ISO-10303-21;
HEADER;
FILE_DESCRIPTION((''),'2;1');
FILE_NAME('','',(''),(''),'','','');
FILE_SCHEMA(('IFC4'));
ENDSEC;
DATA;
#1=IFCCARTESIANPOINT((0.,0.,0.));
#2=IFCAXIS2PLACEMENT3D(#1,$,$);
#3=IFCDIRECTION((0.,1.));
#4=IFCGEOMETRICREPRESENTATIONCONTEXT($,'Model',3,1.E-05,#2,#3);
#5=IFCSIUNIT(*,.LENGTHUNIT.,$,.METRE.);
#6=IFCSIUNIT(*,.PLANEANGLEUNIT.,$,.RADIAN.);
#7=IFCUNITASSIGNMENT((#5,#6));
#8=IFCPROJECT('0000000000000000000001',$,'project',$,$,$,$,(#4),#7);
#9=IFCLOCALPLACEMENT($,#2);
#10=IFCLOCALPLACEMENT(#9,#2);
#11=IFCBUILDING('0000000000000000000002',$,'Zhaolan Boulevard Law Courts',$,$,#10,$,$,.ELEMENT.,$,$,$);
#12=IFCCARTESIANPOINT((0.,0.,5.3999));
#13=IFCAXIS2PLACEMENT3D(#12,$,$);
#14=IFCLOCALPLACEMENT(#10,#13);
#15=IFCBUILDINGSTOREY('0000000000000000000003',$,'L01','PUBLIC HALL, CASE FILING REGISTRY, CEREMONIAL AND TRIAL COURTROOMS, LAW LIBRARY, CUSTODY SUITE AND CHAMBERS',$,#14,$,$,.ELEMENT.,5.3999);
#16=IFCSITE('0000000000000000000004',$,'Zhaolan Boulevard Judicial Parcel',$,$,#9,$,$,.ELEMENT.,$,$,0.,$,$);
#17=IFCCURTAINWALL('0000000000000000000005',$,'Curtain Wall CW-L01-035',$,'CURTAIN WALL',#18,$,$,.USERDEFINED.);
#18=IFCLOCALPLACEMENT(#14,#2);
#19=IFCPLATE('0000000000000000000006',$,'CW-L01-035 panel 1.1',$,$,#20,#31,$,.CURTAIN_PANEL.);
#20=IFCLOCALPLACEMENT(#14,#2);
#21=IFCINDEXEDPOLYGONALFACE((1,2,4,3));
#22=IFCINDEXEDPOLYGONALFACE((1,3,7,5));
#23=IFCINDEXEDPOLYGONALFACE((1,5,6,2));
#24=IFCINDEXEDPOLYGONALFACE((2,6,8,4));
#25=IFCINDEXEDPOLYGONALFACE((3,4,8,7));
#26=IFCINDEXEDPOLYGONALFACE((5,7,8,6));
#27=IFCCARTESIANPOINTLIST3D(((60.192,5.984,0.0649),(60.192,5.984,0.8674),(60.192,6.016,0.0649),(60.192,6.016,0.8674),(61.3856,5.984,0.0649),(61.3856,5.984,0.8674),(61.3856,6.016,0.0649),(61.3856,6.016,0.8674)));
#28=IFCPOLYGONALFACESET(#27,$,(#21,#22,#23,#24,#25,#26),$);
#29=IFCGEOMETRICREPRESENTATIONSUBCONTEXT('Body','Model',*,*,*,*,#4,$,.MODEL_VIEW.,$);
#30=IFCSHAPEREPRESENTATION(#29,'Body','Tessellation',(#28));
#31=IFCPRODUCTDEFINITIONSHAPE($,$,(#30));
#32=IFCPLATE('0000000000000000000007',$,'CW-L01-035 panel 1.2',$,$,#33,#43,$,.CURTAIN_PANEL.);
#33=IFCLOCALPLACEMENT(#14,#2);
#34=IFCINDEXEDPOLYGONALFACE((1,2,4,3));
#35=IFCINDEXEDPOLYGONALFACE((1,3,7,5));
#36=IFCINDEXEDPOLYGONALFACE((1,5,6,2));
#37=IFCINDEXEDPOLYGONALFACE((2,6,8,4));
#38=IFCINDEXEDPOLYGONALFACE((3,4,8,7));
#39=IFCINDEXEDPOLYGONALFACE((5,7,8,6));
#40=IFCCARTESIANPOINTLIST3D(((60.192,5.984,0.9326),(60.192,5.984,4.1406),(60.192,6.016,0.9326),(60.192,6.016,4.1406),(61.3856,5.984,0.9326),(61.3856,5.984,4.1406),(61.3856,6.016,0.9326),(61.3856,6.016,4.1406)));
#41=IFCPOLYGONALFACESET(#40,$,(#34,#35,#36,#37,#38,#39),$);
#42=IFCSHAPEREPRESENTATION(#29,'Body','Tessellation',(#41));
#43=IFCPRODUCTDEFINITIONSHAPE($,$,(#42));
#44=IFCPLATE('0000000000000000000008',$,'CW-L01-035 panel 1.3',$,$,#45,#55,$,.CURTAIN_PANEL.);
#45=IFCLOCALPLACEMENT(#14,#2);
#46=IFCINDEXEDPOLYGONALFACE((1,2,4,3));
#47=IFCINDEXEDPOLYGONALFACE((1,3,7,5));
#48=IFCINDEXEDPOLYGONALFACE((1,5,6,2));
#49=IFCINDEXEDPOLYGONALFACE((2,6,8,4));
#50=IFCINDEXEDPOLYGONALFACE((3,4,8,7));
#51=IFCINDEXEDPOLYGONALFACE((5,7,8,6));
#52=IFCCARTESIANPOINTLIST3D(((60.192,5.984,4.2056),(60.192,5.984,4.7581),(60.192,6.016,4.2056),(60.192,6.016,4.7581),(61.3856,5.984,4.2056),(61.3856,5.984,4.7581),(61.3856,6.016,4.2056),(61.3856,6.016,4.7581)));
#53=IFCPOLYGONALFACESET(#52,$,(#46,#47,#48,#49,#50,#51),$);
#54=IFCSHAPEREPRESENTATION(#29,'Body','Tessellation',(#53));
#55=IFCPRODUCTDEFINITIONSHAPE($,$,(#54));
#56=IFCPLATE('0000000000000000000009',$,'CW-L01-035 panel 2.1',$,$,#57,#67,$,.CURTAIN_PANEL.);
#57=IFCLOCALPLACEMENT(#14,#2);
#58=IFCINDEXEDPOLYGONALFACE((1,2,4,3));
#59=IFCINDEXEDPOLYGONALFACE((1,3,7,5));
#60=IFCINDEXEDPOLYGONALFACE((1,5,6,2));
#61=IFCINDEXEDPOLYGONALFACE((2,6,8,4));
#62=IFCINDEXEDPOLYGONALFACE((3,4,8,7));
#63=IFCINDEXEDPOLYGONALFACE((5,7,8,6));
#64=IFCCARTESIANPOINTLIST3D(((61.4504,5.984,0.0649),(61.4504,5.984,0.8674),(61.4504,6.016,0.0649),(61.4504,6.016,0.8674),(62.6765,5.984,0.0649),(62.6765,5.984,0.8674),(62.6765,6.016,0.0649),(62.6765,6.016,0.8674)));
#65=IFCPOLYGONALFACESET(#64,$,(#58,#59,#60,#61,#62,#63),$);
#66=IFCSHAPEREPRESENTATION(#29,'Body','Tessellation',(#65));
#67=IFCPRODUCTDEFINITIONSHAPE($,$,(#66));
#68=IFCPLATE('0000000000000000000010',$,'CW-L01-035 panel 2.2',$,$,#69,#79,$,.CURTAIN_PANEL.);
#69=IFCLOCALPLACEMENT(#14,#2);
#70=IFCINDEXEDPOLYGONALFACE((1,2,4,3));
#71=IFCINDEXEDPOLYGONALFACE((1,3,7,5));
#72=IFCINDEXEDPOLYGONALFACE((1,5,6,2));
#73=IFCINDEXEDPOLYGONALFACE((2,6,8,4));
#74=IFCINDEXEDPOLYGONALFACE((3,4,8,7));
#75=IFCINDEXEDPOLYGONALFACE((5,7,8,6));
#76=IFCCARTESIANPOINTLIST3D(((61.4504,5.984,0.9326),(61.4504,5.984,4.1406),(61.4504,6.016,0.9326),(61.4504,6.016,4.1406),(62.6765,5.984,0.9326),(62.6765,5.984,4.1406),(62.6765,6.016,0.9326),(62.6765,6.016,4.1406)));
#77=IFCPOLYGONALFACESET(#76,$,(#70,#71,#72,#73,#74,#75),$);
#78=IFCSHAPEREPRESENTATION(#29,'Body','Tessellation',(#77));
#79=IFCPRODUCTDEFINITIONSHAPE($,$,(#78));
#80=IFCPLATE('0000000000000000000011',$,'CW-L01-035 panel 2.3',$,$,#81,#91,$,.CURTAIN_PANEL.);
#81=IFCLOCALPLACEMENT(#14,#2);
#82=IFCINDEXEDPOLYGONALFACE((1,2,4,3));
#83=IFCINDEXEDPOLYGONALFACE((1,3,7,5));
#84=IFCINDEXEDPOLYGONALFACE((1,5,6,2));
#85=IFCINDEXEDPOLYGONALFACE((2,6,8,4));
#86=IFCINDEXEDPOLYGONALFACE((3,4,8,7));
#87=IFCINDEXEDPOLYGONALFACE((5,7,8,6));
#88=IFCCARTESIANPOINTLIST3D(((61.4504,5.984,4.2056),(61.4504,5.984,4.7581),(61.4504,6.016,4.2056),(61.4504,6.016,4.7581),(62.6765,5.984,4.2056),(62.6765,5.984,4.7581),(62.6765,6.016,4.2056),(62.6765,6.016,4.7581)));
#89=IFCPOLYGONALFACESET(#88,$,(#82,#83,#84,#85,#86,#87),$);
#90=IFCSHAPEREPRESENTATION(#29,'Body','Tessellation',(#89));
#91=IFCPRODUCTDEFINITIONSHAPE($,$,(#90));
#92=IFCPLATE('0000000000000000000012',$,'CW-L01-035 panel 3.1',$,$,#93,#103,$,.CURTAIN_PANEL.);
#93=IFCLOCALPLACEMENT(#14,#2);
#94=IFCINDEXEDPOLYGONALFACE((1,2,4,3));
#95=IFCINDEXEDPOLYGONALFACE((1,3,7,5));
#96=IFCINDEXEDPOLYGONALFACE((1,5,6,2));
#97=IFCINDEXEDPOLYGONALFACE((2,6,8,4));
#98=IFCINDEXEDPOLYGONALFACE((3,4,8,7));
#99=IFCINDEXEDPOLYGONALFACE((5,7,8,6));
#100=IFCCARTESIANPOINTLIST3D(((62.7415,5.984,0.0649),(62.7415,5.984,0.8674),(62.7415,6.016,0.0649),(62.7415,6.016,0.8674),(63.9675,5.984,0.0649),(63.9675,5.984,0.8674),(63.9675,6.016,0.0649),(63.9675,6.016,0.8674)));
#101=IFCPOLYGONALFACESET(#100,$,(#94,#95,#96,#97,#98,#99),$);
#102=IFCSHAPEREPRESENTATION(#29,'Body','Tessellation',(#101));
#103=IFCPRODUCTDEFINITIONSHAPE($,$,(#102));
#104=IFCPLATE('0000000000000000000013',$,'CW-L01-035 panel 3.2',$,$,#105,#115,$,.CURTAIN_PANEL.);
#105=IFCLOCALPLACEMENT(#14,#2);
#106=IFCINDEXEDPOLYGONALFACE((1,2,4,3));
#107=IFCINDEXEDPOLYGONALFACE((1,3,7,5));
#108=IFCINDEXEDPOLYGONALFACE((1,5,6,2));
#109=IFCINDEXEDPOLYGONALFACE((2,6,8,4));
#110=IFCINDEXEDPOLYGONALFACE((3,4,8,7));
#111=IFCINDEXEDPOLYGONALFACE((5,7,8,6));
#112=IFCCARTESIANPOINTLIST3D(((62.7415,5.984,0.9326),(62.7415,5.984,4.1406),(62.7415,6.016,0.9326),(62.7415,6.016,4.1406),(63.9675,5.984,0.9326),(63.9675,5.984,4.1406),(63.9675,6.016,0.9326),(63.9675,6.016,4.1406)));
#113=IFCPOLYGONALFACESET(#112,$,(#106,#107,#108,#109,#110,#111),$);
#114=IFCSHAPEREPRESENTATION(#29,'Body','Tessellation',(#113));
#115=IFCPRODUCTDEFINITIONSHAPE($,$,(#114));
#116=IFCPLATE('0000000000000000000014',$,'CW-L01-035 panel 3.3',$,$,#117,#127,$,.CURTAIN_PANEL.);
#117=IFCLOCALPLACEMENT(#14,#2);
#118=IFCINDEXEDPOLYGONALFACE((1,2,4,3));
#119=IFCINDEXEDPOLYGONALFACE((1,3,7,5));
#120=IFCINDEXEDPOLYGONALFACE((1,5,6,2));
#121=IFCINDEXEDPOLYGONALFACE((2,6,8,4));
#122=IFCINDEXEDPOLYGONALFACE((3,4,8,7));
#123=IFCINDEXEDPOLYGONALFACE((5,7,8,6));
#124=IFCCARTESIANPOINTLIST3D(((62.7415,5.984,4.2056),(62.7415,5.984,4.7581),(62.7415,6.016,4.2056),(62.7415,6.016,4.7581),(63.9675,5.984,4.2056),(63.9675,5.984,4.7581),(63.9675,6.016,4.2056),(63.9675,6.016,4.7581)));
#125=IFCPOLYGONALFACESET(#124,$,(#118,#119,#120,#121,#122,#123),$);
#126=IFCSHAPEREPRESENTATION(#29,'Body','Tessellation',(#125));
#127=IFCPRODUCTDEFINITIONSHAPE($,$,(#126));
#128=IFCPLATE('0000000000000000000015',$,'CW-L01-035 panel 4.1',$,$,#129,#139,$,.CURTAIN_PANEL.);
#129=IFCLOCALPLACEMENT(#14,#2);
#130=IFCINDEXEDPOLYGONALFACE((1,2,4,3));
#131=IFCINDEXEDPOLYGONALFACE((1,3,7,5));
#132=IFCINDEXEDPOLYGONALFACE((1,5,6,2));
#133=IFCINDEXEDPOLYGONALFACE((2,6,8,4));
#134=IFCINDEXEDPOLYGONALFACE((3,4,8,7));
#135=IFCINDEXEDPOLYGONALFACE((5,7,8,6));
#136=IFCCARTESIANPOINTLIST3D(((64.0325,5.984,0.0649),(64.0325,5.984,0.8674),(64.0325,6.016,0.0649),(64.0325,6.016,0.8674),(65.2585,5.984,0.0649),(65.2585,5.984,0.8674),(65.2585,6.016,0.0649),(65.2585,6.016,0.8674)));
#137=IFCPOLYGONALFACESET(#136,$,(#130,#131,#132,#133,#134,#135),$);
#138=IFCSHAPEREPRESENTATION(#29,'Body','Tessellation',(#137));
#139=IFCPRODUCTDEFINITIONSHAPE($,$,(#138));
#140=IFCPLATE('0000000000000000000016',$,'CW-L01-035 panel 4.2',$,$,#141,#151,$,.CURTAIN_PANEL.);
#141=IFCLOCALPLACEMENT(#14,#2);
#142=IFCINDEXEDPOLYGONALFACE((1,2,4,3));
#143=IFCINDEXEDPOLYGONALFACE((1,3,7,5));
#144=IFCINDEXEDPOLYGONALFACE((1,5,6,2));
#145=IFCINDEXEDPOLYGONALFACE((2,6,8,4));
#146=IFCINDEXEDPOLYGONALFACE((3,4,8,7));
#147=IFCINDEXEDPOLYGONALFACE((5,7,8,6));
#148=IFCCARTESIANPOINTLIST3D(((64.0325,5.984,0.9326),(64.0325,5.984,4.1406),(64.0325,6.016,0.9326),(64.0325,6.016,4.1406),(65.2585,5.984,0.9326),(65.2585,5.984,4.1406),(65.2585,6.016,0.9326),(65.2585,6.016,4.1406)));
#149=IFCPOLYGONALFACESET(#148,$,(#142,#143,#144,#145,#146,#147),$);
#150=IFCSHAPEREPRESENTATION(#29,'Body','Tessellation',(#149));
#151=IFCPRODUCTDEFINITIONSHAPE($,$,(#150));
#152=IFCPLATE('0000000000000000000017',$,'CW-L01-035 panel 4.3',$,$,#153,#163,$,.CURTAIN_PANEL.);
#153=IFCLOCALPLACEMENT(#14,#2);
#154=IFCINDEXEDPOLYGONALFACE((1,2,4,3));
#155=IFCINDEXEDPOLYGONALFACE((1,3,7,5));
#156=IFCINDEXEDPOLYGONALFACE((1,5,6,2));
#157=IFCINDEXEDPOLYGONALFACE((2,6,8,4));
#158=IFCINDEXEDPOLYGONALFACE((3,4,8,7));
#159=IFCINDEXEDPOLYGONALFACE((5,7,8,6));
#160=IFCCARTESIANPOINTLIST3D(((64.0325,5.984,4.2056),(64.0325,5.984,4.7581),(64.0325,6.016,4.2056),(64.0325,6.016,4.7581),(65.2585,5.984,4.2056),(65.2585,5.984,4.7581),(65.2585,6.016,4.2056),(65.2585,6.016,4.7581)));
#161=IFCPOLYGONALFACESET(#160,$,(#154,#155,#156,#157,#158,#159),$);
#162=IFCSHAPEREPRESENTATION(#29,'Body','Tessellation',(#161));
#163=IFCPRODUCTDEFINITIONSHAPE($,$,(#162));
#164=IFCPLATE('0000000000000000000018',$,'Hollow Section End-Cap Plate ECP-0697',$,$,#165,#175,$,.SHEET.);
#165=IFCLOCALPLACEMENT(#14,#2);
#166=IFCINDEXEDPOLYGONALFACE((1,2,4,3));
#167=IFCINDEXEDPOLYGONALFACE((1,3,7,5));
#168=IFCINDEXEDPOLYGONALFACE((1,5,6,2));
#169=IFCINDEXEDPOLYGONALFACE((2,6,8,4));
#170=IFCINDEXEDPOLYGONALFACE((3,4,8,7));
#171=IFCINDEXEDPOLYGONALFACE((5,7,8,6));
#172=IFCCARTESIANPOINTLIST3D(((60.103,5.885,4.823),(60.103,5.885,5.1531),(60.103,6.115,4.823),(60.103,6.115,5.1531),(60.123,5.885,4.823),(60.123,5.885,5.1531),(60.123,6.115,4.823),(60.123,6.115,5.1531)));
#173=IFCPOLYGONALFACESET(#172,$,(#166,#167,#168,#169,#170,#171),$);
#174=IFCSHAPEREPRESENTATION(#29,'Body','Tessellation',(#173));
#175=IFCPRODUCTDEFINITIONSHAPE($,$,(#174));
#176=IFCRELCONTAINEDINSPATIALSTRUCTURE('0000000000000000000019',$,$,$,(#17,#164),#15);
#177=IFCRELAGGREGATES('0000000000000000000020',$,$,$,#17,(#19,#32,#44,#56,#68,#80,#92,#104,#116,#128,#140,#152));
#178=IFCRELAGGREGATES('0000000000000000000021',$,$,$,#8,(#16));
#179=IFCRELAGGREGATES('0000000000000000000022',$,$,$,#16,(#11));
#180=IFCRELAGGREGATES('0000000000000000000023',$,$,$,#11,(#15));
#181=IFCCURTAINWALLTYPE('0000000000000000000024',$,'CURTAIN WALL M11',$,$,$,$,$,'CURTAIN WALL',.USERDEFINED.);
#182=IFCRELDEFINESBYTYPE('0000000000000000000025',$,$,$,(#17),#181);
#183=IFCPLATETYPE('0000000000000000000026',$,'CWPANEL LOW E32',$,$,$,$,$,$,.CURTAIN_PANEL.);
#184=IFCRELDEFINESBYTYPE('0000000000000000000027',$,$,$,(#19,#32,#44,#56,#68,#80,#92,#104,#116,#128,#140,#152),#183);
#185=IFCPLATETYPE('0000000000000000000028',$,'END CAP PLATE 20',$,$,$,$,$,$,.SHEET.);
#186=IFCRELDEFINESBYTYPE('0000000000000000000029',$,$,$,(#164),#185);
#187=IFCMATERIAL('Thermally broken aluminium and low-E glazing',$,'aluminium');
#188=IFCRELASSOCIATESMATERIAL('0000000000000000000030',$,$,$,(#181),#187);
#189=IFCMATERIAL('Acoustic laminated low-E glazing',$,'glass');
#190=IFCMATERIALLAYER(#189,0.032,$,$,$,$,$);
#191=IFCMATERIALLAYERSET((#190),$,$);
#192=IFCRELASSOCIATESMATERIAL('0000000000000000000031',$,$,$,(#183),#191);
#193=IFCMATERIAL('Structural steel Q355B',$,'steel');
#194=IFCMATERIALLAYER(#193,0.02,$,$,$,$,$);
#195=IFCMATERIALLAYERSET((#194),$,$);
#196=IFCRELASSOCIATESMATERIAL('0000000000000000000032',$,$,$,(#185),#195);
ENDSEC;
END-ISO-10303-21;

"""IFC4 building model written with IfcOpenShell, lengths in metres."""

from ifc_helpers import new_model, si_unit, direction, frame, origin, origin_2d, place, context, subcontext, project, spatial, rectangle, extrude, material, layer, layer_set, type_object, element, aggregate, save


model = new_model("IFC4")

# Units and contexts
model_context = context("Model", 3, precision=1e-05, world=origin(), true_north=direction((0.0, 1.0)))
body_context = subcontext(model_context, "Body", "Model", "MODEL_VIEW")
ifc_project = project(units=[si_unit("LENGTHUNIT", "METRE"), si_unit("PLANEANGLEUNIT", "RADIAN")], contexts=[model_context])

# Site, building, storey
site_placement = place(None, origin())
site = spatial("IfcSite", under=ifc_project, at=site_placement, Name="Zhaolan Boulevard Judicial Parcel", CompositionType="ELEMENT", RefElevation=0.0)
building_placement = place(site_placement, origin())
building = spatial("IfcBuilding", under=site, at=building_placement, Name="Zhaolan Boulevard Law Courts", CompositionType="ELEMENT")
storey_placement = place(building_placement, frame((0.0, 0.0, 5.3999)))
storey = spatial("IfcBuildingStorey", under=building, at=storey_placement, Name="L01", Description="PUBLIC HALL, CASE FILING REGISTRY, CEREMONIAL AND TRIAL COURTROOMS, LAW LIBRARY, CUSTODY SUITE AND CHAMBERS", CompositionType="ELEMENT", Elevation=5.3999)

# Curtain wall
ifc_material_1 = material(Name="Thermally broken aluminium and low-E glazing", Category="aluminium")
curtain_wall_type = type_object("IfcCurtainWallType", Name="CURTAIN WALL M11", ElementType="CURTAIN WALL", PredefinedType="USERDEFINED", material=ifc_material_1)
curtain_wall_placement = place(storey_placement, origin())
curtain_wall = element("IfcCurtainWall", 1, at=curtain_wall_placement, inside=storey, type_object=curtain_wall_type, Name="Curtain Wall CW-L01-035", ObjectType="CURTAIN WALL", PredefinedType="USERDEFINED")

# Plates
ifc_material_2 = material(Name="Acoustic laminated low-E glazing", Category="glass")
ifc_layer_1 = layer(ifc_material_2, 0.032)
ifc_layer_set_1 = layer_set([ifc_layer_1])
plate_type_1 = type_object("IfcPlateType", Name="CWPANEL LOW E32", PredefinedType="CURTAIN_PANEL", material=ifc_layer_set_1)
plate_1_placement = place(storey_placement, frame((60.7888, 6.0, 0.0649), z_axis=(0.0, 0.0, 1.0), x_axis=(1.0, 0.0, 0.0)))
plate_1 = element("IfcPlate", 2, at=plate_1_placement, type_object=plate_type_1, Name="CW-L01-035 panel 1.1", PredefinedType="CURTAIN_PANEL", context=body_context, shape_type="SweptSolid", body=[
    extrude(rectangle(XDim=1.1936, YDim=0.032, at=origin_2d()), origin(), (0.0, 0.0, 1.0), 0.8025),
])
plate_2_placement = place(storey_placement, frame((60.7888, 6.0, 0.9326), z_axis=(0.0, 0.0, 1.0), x_axis=(1.0, 0.0, 0.0)))
plate_2 = element("IfcPlate", 3, at=plate_2_placement, type_object=plate_type_1, Name="CW-L01-035 panel 1.2", PredefinedType="CURTAIN_PANEL", context=body_context, shape_type="SweptSolid", body=[
    extrude(rectangle(XDim=1.1936, YDim=0.032, at=origin_2d()), origin(), (0.0, 0.0, 1.0), 3.208),
])
plate_3_placement = place(storey_placement, frame((60.7888, 6.0, 4.2056), z_axis=(0.0, 0.0, 1.0), x_axis=(1.0, 0.0, 0.0)))
plate_3 = element("IfcPlate", 4, at=plate_3_placement, type_object=plate_type_1, Name="CW-L01-035 panel 1.3", PredefinedType="CURTAIN_PANEL", context=body_context, shape_type="SweptSolid", body=[
    extrude(rectangle(XDim=1.1936, YDim=0.032, at=origin_2d()), origin(), (0.0, 0.0, 1.0), 0.5525),
])
plate_4_placement = place(storey_placement, frame((62.0635, 6.0, 0.0649), z_axis=(0.0, 0.0, 1.0), x_axis=(1.0, 0.0, 0.0)))
plate_4 = element("IfcPlate", 5, at=plate_4_placement, type_object=plate_type_1, Name="CW-L01-035 panel 2.1", PredefinedType="CURTAIN_PANEL", context=body_context, shape_type="SweptSolid", body=[
    extrude(rectangle(XDim=1.2261, YDim=0.032, at=origin_2d()), origin(), (0.0, 0.0, 1.0), 0.8025),
])
plate_5_placement = place(storey_placement, frame((62.0635, 6.0, 0.9326), z_axis=(0.0, 0.0, 1.0), x_axis=(1.0, 0.0, 0.0)))
plate_5 = element("IfcPlate", 6, at=plate_5_placement, type_object=plate_type_1, Name="CW-L01-035 panel 2.2", PredefinedType="CURTAIN_PANEL", context=body_context, shape_type="SweptSolid", body=[
    extrude(rectangle(XDim=1.2261, YDim=0.032, at=origin_2d()), origin(), (0.0, 0.0, 1.0), 3.208),
])
plate_6_placement = place(storey_placement, frame((62.0635, 6.0, 4.2056), z_axis=(0.0, 0.0, 1.0), x_axis=(1.0, 0.0, 0.0)))
plate_6 = element("IfcPlate", 7, at=plate_6_placement, type_object=plate_type_1, Name="CW-L01-035 panel 2.3", PredefinedType="CURTAIN_PANEL", context=body_context, shape_type="SweptSolid", body=[
    extrude(rectangle(XDim=1.2261, YDim=0.032, at=origin_2d()), origin(), (0.0, 0.0, 1.0), 0.5525),
])
plate_7_placement = place(storey_placement, frame((63.3545, 6.0, 0.0649), z_axis=(0.0, 0.0, 1.0), x_axis=(1.0, 0.0, 0.0)))
plate_7 = element("IfcPlate", 8, at=plate_7_placement, type_object=plate_type_1, Name="CW-L01-035 panel 3.1", PredefinedType="CURTAIN_PANEL", context=body_context, shape_type="SweptSolid", body=[
    extrude(rectangle(XDim=1.2261, YDim=0.032, at=origin_2d()), origin(), (0.0, 0.0, 1.0), 0.8025),
])
plate_8_placement = place(storey_placement, frame((63.3545, 6.0, 0.9326), z_axis=(0.0, 0.0, 1.0), x_axis=(1.0, 0.0, 0.0)))
plate_8 = element("IfcPlate", 9, at=plate_8_placement, type_object=plate_type_1, Name="CW-L01-035 panel 3.2", PredefinedType="CURTAIN_PANEL", context=body_context, shape_type="SweptSolid", body=[
    extrude(rectangle(XDim=1.2261, YDim=0.032, at=origin_2d()), origin(), (0.0, 0.0, 1.0), 3.208),
])
plate_9_placement = place(storey_placement, frame((63.3545, 6.0, 4.2056), z_axis=(0.0, 0.0, 1.0), x_axis=(1.0, 0.0, 0.0)))
plate_9 = element("IfcPlate", 10, at=plate_9_placement, type_object=plate_type_1, Name="CW-L01-035 panel 3.3", PredefinedType="CURTAIN_PANEL", context=body_context, shape_type="SweptSolid", body=[
    extrude(rectangle(XDim=1.2261, YDim=0.032, at=origin_2d()), origin(), (0.0, 0.0, 1.0), 0.5525),
])
plate_10_placement = place(storey_placement, frame((64.6455, 6.0, 0.0649), z_axis=(0.0, 0.0, 1.0), x_axis=(1.0, 0.0, 0.0)))
plate_10 = element("IfcPlate", 11, at=plate_10_placement, type_object=plate_type_1, Name="CW-L01-035 panel 4.1", PredefinedType="CURTAIN_PANEL", context=body_context, shape_type="SweptSolid", body=[
    extrude(rectangle(XDim=1.2261, YDim=0.032, at=origin_2d()), origin(), (0.0, 0.0, 1.0), 0.8025),
])
plate_11_placement = place(storey_placement, frame((64.6455, 6.0, 0.9326), z_axis=(0.0, 0.0, 1.0), x_axis=(1.0, 0.0, 0.0)))
plate_11 = element("IfcPlate", 12, at=plate_11_placement, type_object=plate_type_1, Name="CW-L01-035 panel 4.2", PredefinedType="CURTAIN_PANEL", context=body_context, shape_type="SweptSolid", body=[
    extrude(rectangle(XDim=1.2261, YDim=0.032, at=origin_2d()), origin(), (0.0, 0.0, 1.0), 3.208),
])
plate_12_placement = place(storey_placement, frame((64.6455, 6.0, 4.2056), z_axis=(0.0, 0.0, 1.0), x_axis=(1.0, 0.0, 0.0)))
plate_12 = element("IfcPlate", 13, at=plate_12_placement, type_object=plate_type_1, Name="CW-L01-035 panel 4.3", PredefinedType="CURTAIN_PANEL", context=body_context, shape_type="SweptSolid", body=[
    extrude(rectangle(XDim=1.2261, YDim=0.032, at=origin_2d()), origin(), (0.0, 0.0, 1.0), 0.5525),
])
aggregate(curtain_wall, [plate_1, plate_2, plate_3, plate_4, plate_5, plate_6, plate_7, plate_8, plate_9, plate_10, plate_11, plate_12])
ifc_material_3 = material(Name="Structural steel Q355B", Category="steel")
ifc_layer_2 = layer(ifc_material_3, 0.02)
ifc_layer_set_2 = layer_set([ifc_layer_2])
plate_type_2 = type_object("IfcPlateType", Name="END CAP PLATE 20", PredefinedType="SHEET", material=ifc_layer_set_2)
plate_13_placement = place(storey_placement, frame((60.113, 6.0, 4.823), z_axis=(0.0, 0.0, 1.0), x_axis=(1.0, 0.0, 0.0)))
element("IfcPlate", 14, at=plate_13_placement, inside=storey, type_object=plate_type_2, Name="Hollow Section End-Cap Plate ECP-0697", PredefinedType="SHEET", context=body_context, shape_type="SweptSolid", body=[
    extrude(rectangle(XDim=0.02, YDim=0.23, at=origin_2d()), origin(), (0.0, 0.0, 1.0), 0.3301),
])

save(model, "model.ifc")
